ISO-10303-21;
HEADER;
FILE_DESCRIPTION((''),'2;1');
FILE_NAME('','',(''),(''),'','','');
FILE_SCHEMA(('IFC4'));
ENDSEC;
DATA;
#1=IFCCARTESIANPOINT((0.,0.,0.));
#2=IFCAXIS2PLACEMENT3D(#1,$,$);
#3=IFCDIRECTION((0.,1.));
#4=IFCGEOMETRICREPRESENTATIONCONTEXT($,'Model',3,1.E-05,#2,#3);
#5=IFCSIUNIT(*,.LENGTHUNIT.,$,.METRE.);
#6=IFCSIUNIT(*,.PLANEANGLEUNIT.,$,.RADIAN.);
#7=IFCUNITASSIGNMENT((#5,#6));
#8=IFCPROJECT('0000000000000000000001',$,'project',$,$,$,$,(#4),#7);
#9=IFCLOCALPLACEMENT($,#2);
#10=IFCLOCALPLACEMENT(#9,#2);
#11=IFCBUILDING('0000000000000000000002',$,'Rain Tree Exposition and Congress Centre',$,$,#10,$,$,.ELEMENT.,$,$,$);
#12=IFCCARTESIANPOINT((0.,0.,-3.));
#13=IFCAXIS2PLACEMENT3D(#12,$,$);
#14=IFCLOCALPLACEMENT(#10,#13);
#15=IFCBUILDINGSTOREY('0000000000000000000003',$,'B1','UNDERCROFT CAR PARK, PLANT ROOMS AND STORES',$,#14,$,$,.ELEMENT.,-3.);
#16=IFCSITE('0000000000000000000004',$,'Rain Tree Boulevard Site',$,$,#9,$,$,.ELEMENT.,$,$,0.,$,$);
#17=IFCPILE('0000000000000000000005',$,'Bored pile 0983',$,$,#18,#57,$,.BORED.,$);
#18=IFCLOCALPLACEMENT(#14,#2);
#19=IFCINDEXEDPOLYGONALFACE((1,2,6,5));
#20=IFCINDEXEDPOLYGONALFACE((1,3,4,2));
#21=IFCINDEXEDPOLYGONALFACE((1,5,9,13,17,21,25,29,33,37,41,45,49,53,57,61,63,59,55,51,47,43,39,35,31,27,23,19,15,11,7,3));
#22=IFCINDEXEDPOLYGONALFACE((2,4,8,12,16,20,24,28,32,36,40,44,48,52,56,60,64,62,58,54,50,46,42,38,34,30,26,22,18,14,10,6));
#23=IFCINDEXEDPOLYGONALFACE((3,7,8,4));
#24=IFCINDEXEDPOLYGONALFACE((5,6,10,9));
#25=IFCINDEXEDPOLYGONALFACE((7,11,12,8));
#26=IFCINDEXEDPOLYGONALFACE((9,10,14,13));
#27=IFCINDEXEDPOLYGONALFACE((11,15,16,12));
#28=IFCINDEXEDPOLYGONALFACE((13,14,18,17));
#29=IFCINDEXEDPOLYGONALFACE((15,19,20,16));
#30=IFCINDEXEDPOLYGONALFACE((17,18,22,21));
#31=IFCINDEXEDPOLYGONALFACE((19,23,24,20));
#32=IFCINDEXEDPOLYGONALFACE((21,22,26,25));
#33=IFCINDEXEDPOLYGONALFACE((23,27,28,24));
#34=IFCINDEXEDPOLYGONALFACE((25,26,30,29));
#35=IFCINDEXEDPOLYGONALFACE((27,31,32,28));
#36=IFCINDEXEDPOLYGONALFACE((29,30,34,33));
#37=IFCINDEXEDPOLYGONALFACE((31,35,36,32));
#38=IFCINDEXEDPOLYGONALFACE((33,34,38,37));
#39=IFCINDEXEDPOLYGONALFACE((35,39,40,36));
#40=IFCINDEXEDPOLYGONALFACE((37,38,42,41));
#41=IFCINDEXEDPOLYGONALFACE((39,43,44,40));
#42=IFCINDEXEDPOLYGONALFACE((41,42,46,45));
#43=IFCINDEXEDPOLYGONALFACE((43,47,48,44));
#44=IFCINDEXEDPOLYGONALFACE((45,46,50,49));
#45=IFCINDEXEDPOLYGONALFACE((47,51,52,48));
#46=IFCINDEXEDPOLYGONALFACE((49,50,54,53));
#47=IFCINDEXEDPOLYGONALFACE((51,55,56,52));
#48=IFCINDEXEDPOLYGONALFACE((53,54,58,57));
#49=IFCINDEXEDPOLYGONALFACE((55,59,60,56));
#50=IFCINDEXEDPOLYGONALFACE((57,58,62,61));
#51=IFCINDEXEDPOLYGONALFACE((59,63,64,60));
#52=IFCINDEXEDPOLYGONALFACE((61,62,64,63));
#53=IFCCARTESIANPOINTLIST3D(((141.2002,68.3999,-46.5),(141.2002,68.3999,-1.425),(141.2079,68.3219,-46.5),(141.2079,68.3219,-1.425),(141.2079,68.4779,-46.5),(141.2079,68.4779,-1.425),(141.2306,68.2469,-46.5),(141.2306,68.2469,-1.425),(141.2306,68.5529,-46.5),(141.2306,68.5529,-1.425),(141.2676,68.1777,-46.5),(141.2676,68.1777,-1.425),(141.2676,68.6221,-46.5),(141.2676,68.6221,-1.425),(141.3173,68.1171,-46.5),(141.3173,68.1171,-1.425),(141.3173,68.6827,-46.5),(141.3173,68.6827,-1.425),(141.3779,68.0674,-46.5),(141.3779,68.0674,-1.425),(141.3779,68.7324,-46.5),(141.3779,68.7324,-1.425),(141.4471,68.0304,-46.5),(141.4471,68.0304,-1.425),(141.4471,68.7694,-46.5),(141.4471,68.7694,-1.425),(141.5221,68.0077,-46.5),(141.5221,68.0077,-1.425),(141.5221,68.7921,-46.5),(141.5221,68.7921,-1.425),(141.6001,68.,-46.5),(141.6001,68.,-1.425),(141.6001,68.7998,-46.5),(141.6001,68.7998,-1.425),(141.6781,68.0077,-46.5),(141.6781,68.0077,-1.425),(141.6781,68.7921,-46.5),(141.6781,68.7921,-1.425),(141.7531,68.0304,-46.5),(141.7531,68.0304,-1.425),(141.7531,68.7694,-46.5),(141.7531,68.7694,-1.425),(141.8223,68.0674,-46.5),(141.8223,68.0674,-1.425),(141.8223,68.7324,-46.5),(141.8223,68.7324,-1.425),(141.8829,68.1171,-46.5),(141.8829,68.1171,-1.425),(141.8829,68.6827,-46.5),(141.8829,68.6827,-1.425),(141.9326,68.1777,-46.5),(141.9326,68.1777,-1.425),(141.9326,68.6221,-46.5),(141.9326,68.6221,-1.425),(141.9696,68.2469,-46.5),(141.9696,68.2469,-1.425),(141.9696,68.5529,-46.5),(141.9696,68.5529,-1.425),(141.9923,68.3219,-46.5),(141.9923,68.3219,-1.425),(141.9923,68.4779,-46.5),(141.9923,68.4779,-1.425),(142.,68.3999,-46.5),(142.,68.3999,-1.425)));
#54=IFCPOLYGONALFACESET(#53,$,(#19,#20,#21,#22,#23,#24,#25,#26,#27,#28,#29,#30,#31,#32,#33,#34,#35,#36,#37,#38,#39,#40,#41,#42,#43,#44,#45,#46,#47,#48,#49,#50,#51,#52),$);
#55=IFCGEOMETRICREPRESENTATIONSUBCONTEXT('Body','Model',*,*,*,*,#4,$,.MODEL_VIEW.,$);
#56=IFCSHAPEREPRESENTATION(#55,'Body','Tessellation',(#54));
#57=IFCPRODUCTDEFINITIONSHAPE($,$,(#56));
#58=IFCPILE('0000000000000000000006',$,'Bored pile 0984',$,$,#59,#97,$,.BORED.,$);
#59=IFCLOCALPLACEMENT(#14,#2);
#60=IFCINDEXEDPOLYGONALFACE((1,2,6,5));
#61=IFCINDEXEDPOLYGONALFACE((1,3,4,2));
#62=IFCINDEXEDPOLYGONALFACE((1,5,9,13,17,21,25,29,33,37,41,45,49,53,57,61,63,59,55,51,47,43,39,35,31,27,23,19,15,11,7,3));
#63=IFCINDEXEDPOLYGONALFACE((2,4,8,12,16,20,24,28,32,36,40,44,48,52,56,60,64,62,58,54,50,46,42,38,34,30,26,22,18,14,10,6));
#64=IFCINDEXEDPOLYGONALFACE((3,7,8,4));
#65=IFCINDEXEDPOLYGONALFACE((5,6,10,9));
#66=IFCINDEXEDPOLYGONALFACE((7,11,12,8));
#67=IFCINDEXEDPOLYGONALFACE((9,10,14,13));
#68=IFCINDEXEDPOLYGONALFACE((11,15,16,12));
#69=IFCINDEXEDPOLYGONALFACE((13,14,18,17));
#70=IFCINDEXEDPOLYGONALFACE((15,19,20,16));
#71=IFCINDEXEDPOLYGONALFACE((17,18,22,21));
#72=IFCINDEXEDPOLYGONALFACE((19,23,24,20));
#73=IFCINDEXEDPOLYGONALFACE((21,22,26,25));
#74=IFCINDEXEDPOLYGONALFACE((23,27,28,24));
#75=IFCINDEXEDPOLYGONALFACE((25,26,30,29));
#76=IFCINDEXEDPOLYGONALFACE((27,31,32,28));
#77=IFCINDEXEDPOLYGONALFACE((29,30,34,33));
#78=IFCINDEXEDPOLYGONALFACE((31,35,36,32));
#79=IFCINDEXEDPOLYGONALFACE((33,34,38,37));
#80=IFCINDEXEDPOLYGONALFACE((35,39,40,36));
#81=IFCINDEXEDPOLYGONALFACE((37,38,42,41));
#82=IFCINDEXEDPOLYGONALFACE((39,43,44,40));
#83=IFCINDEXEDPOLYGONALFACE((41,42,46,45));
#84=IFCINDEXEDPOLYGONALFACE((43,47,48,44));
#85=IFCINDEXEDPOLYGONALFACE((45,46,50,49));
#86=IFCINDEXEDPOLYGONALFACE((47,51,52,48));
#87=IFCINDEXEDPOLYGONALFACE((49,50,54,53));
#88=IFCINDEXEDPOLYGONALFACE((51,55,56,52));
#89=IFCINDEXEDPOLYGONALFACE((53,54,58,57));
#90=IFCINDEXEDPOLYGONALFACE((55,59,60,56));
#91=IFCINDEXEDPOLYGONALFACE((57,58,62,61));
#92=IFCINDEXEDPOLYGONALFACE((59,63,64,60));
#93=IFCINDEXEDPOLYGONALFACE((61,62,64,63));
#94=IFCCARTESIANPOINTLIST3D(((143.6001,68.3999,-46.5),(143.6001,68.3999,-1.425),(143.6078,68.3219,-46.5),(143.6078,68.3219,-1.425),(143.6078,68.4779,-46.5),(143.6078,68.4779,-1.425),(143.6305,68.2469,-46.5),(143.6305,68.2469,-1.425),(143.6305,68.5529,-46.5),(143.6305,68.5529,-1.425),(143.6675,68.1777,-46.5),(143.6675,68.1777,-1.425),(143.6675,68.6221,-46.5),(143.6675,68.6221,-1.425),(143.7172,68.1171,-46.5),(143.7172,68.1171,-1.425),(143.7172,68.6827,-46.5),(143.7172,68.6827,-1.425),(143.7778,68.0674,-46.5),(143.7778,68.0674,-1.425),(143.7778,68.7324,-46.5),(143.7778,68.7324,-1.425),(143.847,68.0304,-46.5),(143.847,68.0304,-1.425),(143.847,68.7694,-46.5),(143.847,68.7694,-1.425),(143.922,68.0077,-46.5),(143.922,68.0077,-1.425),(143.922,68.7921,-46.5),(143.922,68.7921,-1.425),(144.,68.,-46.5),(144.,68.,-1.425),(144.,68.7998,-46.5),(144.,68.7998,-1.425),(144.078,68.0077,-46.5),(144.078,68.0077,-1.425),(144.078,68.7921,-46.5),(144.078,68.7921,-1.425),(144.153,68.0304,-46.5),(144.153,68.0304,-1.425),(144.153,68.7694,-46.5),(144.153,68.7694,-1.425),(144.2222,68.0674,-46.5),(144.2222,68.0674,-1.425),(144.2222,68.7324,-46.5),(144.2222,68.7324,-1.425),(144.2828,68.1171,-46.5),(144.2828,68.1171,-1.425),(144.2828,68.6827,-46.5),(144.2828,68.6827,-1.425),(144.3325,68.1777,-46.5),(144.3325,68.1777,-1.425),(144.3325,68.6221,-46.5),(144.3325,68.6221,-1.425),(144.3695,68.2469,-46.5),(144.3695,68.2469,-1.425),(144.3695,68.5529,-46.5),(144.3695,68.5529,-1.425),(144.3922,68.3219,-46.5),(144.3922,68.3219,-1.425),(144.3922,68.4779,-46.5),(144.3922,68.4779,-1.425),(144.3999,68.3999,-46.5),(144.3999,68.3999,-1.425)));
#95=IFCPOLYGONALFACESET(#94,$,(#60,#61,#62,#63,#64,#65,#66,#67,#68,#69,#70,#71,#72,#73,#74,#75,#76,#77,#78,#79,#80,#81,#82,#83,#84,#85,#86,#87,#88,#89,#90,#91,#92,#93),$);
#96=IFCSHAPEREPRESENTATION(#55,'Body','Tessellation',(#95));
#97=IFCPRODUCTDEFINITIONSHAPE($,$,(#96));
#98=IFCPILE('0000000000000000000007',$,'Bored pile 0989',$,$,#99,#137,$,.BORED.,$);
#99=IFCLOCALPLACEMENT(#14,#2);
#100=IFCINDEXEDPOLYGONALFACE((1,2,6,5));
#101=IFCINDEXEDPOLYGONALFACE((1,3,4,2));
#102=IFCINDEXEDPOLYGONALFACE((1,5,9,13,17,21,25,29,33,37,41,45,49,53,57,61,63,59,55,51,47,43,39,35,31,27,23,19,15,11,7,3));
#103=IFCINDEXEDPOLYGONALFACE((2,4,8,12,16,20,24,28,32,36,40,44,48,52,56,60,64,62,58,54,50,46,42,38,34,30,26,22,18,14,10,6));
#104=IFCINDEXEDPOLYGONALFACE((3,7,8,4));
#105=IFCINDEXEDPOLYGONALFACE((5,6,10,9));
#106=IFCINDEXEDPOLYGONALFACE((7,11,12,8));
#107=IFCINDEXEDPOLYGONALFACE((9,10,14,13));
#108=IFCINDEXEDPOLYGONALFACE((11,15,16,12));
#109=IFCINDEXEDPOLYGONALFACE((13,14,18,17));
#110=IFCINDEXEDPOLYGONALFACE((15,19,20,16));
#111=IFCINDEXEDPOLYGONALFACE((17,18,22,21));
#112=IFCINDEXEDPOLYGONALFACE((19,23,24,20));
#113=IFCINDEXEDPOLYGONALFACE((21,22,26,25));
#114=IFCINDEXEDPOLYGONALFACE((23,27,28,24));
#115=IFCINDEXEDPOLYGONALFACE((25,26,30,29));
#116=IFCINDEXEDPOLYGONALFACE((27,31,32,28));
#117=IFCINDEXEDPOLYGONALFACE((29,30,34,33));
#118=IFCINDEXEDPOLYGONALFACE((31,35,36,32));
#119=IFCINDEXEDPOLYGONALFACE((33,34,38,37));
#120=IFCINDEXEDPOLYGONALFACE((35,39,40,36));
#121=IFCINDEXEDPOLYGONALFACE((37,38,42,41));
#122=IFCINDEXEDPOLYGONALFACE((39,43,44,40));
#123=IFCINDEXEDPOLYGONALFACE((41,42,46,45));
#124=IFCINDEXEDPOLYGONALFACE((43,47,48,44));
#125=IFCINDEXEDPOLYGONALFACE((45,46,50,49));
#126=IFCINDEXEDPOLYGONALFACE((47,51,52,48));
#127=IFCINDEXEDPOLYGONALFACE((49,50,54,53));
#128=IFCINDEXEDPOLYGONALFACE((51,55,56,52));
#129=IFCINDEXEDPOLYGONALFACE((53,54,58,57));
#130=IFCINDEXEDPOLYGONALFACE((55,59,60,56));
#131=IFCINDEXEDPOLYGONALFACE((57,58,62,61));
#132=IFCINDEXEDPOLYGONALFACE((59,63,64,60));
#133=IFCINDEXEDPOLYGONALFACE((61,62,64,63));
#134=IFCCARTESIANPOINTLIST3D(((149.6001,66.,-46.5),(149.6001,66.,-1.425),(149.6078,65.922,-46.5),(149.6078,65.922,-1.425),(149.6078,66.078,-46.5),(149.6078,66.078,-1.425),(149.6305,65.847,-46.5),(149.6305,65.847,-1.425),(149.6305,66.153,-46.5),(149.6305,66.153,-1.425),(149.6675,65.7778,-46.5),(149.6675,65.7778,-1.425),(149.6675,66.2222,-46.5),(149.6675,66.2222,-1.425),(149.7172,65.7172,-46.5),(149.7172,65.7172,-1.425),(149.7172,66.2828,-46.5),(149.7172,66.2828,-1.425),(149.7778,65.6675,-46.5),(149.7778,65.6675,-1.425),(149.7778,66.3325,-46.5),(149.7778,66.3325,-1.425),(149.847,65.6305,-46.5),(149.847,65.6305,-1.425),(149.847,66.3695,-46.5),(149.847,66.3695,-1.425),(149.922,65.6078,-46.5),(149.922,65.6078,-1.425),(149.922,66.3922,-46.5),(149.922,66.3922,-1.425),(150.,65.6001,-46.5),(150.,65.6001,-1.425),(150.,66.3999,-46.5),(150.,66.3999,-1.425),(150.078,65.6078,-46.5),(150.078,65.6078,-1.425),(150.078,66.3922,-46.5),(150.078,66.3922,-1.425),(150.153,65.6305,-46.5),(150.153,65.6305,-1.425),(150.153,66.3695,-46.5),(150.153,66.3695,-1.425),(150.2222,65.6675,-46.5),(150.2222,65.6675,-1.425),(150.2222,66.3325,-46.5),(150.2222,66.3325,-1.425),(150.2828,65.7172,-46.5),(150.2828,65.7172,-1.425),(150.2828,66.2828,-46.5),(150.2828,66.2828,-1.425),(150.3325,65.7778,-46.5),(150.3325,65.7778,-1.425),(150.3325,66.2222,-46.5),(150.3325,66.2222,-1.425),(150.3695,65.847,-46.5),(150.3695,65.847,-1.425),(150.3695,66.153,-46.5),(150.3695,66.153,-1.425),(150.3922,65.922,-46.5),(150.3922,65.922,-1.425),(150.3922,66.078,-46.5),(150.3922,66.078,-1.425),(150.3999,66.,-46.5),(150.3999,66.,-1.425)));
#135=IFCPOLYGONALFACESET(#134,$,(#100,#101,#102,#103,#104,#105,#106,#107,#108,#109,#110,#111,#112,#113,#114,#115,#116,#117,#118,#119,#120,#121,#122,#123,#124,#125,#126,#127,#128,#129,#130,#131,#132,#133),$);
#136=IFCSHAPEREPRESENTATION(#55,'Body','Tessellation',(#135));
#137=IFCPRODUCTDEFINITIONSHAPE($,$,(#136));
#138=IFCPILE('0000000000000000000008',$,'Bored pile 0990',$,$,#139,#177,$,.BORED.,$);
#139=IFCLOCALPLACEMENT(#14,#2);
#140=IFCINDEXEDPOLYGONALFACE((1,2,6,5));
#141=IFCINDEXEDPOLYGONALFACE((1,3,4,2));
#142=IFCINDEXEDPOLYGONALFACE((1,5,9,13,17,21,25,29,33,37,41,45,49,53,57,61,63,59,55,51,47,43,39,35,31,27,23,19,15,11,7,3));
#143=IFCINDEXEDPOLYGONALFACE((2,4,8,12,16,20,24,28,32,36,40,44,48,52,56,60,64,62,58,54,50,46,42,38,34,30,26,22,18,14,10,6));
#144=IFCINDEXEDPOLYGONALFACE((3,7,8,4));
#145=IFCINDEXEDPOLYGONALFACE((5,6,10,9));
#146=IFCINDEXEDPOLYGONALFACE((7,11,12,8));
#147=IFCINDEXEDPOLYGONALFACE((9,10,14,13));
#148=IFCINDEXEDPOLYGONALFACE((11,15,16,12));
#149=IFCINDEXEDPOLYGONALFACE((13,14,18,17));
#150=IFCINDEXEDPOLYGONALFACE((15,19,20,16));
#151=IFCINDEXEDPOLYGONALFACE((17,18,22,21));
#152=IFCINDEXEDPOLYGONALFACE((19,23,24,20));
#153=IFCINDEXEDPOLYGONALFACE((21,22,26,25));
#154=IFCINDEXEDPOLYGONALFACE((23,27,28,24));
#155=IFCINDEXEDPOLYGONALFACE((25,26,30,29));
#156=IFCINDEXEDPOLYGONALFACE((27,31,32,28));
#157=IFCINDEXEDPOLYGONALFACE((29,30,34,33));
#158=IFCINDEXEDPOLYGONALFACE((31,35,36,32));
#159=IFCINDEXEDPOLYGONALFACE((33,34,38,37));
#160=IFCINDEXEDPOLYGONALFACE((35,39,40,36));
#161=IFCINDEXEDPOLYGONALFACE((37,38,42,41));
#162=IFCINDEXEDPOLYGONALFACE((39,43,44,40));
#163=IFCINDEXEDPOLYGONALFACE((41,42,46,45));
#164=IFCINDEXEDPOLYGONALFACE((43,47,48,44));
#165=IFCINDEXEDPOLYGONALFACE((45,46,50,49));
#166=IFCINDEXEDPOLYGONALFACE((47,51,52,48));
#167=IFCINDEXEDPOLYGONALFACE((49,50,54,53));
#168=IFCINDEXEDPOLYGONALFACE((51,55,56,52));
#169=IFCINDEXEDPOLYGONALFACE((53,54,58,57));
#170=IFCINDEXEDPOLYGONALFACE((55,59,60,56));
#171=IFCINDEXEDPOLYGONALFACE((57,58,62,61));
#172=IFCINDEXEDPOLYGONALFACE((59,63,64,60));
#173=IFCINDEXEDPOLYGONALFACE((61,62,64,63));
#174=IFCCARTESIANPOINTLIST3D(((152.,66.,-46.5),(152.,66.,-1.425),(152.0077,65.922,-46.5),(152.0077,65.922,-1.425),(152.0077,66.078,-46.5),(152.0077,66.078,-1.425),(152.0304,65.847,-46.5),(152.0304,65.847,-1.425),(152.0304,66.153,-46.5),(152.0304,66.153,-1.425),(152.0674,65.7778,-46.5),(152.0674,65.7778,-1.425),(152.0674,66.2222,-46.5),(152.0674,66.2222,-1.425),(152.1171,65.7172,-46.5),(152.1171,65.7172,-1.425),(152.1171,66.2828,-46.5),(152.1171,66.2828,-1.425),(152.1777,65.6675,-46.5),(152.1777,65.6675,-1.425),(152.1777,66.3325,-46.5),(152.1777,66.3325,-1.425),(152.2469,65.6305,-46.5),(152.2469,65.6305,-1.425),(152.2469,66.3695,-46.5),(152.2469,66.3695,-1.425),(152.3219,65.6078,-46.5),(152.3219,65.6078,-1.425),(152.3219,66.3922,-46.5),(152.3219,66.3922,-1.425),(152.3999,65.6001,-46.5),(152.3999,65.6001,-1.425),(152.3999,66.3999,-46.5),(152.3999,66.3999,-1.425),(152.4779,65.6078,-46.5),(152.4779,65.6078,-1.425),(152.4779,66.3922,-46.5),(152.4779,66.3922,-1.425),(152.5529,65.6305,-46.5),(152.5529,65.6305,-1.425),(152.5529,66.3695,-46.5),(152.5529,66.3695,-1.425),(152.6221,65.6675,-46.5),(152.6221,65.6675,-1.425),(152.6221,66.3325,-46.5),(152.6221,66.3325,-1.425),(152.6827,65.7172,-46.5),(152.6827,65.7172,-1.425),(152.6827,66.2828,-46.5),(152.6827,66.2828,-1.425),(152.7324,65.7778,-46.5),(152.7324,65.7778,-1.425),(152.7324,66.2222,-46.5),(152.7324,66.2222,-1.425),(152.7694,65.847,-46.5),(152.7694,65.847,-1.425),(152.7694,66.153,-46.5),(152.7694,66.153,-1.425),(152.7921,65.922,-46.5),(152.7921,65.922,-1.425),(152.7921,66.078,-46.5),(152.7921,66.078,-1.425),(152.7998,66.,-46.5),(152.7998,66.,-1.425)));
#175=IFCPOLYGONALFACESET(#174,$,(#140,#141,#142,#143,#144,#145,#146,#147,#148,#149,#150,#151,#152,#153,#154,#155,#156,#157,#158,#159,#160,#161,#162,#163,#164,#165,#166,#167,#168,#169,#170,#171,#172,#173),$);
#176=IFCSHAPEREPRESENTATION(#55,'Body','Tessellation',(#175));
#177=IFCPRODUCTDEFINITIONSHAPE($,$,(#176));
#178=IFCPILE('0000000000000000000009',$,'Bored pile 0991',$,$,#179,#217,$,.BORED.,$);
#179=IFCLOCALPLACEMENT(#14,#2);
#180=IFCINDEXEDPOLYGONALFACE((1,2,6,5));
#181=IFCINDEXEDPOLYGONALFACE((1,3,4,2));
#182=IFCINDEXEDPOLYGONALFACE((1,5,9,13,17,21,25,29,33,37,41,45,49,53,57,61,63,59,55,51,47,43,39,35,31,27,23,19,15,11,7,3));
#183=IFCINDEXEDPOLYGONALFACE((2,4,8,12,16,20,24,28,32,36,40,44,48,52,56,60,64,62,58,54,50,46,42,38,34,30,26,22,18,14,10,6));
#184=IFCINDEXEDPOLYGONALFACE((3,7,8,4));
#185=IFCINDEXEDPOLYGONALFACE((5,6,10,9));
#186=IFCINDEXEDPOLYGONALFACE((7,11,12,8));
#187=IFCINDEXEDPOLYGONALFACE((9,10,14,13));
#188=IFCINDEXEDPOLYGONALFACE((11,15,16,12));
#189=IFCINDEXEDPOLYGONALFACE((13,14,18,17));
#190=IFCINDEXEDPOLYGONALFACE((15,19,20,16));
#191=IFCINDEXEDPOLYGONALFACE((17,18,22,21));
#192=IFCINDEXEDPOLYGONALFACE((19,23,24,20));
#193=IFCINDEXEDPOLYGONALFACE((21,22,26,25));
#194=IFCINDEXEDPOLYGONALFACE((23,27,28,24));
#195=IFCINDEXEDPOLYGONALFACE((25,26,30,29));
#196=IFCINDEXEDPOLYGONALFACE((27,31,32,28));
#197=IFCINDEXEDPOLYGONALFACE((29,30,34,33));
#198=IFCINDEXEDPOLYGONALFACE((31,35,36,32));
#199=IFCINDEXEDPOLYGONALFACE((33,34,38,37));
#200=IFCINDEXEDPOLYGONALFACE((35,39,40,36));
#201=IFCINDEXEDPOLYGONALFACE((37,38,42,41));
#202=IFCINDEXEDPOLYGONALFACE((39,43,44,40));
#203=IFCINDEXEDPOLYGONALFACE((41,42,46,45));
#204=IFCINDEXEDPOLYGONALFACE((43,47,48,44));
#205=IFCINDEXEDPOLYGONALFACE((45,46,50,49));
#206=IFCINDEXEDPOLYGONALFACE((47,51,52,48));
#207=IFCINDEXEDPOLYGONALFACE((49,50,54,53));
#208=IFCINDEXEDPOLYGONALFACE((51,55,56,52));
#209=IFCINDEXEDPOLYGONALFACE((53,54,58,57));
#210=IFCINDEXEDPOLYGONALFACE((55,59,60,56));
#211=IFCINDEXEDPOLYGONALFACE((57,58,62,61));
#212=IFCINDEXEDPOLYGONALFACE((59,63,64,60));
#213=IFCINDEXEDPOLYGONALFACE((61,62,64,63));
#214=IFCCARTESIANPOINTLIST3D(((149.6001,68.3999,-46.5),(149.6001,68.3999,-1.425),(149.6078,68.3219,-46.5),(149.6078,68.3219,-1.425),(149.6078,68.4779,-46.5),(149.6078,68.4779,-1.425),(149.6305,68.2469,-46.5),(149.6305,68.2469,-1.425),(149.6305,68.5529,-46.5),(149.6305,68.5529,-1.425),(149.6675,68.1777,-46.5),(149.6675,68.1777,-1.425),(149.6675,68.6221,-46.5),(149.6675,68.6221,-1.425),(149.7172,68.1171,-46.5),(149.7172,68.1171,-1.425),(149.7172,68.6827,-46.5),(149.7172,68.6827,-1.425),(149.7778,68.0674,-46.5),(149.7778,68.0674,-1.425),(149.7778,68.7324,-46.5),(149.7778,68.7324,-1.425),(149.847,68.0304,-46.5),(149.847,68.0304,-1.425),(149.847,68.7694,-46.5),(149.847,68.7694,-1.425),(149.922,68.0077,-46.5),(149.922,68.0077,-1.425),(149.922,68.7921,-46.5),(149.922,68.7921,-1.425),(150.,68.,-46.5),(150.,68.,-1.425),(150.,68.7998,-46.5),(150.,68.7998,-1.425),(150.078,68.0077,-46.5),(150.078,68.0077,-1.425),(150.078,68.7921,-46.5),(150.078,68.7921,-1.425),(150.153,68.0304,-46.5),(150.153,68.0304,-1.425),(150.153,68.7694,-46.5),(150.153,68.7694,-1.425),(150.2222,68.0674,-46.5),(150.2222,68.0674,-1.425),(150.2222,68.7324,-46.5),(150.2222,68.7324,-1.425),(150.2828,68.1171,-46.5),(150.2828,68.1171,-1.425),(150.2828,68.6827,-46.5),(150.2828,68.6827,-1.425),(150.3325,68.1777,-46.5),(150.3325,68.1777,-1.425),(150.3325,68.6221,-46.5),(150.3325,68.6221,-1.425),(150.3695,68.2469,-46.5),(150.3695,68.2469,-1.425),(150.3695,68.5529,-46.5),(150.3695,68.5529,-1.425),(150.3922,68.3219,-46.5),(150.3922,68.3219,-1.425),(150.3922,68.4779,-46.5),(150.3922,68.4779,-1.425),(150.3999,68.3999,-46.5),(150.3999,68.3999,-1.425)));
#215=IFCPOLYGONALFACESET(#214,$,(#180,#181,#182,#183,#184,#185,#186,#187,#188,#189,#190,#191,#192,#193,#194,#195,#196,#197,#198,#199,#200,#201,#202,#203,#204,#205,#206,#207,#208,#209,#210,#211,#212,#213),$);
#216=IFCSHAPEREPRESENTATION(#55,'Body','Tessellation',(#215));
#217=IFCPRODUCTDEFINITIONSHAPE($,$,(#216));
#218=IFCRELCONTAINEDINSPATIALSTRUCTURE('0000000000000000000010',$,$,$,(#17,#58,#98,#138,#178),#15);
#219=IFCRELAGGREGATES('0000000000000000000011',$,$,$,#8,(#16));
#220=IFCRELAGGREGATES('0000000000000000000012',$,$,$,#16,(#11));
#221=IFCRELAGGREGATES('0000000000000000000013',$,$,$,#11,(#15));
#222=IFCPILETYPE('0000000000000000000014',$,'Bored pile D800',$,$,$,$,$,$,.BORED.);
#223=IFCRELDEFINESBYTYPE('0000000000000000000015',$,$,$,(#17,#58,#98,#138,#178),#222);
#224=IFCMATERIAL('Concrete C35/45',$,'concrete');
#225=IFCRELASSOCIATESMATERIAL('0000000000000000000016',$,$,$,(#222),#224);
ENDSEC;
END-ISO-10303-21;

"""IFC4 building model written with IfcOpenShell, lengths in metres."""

from ifc_helpers import new_model, si_unit, direction, frame, origin, origin_2d, place, context, subcontext, project, spatial, circle, extrude, material, material_profile, profile_set, type_object, element, save


model = new_model("IFC4")

# Units and contexts
model_context = context("Model", 3, precision=1e-05, world=origin(), true_north=direction((0.0, 1.0)))
body_context = subcontext(model_context, "Body", "Model", "MODEL_VIEW")
ifc_project = project(units=[si_unit("LENGTHUNIT", "METRE"), si_unit("PLANEANGLEUNIT", "RADIAN")], contexts=[model_context])

# Site, building, storey
site_placement = place(None, origin())
site = spatial("IfcSite", under=ifc_project, at=site_placement, Name="Rain Tree Boulevard Site", CompositionType="ELEMENT", RefElevation=0.0)
building_placement = place(site_placement, origin())
building = spatial("IfcBuilding", under=site, at=building_placement, Name="Rain Tree Exposition and Congress Centre", CompositionType="ELEMENT")
storey_placement = place(building_placement, frame((0.0, 0.0, -3.0)))
storey = spatial("IfcBuildingStorey", under=building, at=storey_placement, Name="B1", Description="UNDERCROFT CAR PARK, PLANT ROOMS AND STORES", CompositionType="ELEMENT", Elevation=-3.0)

# Piles
ifc_material_1 = material(Name="Concrete C35/45", Category="concrete")
ifc_material_profile_1 = material_profile(ifc_material_1, circle(Radius=0.3999, at=origin_2d()), Name="D800")
ifc_profile_set_1 = profile_set([ifc_material_profile_1], Name="Concrete C35/45")
pile_type = type_object("IfcPileType", Name="Bored pile D800", PredefinedType="BORED", material=ifc_profile_set_1)
for number, where, z_axis, x_axis, name in (
    (1, (141.6001, 68.3999, -1.425), (0.0, 0.0, -1.0), (1.0, 0.0, 0.0), "Bored pile 0983"),
    (2, (144.0, 68.3999, -1.425), (0.0, 0.0, -1.0), (1.0, 0.0, 0.0), "Bored pile 0984"),
    (3, (150.0, 66.0, -1.425), (0.0, 0.0, -1.0), (1.0, 0.0, 0.0), "Bored pile 0989"),
    (4, (152.3999, 66.0, -1.425), (0.0, 0.0, -1.0), (1.0, 0.0, 0.0), "Bored pile 0990"),
    (5, (150.0, 68.3999, -1.425), (0.0, 0.0, -1.0), (1.0, 0.0, 0.0), "Bored pile 0991"),
):
    element("IfcPile", number, at=place(storey_placement, frame(where, z_axis=z_axis, x_axis=x_axis)), inside=storey, type_object=pile_type, Name=name, PredefinedType="BORED", context=body_context, shape_type="SweptSolid", body=[
        extrude(circle(Radius=0.3999, at=origin_2d()), origin(), (0.0, 0.0, 1.0), 45.075),
    ])

save(model, "model.ifc")
